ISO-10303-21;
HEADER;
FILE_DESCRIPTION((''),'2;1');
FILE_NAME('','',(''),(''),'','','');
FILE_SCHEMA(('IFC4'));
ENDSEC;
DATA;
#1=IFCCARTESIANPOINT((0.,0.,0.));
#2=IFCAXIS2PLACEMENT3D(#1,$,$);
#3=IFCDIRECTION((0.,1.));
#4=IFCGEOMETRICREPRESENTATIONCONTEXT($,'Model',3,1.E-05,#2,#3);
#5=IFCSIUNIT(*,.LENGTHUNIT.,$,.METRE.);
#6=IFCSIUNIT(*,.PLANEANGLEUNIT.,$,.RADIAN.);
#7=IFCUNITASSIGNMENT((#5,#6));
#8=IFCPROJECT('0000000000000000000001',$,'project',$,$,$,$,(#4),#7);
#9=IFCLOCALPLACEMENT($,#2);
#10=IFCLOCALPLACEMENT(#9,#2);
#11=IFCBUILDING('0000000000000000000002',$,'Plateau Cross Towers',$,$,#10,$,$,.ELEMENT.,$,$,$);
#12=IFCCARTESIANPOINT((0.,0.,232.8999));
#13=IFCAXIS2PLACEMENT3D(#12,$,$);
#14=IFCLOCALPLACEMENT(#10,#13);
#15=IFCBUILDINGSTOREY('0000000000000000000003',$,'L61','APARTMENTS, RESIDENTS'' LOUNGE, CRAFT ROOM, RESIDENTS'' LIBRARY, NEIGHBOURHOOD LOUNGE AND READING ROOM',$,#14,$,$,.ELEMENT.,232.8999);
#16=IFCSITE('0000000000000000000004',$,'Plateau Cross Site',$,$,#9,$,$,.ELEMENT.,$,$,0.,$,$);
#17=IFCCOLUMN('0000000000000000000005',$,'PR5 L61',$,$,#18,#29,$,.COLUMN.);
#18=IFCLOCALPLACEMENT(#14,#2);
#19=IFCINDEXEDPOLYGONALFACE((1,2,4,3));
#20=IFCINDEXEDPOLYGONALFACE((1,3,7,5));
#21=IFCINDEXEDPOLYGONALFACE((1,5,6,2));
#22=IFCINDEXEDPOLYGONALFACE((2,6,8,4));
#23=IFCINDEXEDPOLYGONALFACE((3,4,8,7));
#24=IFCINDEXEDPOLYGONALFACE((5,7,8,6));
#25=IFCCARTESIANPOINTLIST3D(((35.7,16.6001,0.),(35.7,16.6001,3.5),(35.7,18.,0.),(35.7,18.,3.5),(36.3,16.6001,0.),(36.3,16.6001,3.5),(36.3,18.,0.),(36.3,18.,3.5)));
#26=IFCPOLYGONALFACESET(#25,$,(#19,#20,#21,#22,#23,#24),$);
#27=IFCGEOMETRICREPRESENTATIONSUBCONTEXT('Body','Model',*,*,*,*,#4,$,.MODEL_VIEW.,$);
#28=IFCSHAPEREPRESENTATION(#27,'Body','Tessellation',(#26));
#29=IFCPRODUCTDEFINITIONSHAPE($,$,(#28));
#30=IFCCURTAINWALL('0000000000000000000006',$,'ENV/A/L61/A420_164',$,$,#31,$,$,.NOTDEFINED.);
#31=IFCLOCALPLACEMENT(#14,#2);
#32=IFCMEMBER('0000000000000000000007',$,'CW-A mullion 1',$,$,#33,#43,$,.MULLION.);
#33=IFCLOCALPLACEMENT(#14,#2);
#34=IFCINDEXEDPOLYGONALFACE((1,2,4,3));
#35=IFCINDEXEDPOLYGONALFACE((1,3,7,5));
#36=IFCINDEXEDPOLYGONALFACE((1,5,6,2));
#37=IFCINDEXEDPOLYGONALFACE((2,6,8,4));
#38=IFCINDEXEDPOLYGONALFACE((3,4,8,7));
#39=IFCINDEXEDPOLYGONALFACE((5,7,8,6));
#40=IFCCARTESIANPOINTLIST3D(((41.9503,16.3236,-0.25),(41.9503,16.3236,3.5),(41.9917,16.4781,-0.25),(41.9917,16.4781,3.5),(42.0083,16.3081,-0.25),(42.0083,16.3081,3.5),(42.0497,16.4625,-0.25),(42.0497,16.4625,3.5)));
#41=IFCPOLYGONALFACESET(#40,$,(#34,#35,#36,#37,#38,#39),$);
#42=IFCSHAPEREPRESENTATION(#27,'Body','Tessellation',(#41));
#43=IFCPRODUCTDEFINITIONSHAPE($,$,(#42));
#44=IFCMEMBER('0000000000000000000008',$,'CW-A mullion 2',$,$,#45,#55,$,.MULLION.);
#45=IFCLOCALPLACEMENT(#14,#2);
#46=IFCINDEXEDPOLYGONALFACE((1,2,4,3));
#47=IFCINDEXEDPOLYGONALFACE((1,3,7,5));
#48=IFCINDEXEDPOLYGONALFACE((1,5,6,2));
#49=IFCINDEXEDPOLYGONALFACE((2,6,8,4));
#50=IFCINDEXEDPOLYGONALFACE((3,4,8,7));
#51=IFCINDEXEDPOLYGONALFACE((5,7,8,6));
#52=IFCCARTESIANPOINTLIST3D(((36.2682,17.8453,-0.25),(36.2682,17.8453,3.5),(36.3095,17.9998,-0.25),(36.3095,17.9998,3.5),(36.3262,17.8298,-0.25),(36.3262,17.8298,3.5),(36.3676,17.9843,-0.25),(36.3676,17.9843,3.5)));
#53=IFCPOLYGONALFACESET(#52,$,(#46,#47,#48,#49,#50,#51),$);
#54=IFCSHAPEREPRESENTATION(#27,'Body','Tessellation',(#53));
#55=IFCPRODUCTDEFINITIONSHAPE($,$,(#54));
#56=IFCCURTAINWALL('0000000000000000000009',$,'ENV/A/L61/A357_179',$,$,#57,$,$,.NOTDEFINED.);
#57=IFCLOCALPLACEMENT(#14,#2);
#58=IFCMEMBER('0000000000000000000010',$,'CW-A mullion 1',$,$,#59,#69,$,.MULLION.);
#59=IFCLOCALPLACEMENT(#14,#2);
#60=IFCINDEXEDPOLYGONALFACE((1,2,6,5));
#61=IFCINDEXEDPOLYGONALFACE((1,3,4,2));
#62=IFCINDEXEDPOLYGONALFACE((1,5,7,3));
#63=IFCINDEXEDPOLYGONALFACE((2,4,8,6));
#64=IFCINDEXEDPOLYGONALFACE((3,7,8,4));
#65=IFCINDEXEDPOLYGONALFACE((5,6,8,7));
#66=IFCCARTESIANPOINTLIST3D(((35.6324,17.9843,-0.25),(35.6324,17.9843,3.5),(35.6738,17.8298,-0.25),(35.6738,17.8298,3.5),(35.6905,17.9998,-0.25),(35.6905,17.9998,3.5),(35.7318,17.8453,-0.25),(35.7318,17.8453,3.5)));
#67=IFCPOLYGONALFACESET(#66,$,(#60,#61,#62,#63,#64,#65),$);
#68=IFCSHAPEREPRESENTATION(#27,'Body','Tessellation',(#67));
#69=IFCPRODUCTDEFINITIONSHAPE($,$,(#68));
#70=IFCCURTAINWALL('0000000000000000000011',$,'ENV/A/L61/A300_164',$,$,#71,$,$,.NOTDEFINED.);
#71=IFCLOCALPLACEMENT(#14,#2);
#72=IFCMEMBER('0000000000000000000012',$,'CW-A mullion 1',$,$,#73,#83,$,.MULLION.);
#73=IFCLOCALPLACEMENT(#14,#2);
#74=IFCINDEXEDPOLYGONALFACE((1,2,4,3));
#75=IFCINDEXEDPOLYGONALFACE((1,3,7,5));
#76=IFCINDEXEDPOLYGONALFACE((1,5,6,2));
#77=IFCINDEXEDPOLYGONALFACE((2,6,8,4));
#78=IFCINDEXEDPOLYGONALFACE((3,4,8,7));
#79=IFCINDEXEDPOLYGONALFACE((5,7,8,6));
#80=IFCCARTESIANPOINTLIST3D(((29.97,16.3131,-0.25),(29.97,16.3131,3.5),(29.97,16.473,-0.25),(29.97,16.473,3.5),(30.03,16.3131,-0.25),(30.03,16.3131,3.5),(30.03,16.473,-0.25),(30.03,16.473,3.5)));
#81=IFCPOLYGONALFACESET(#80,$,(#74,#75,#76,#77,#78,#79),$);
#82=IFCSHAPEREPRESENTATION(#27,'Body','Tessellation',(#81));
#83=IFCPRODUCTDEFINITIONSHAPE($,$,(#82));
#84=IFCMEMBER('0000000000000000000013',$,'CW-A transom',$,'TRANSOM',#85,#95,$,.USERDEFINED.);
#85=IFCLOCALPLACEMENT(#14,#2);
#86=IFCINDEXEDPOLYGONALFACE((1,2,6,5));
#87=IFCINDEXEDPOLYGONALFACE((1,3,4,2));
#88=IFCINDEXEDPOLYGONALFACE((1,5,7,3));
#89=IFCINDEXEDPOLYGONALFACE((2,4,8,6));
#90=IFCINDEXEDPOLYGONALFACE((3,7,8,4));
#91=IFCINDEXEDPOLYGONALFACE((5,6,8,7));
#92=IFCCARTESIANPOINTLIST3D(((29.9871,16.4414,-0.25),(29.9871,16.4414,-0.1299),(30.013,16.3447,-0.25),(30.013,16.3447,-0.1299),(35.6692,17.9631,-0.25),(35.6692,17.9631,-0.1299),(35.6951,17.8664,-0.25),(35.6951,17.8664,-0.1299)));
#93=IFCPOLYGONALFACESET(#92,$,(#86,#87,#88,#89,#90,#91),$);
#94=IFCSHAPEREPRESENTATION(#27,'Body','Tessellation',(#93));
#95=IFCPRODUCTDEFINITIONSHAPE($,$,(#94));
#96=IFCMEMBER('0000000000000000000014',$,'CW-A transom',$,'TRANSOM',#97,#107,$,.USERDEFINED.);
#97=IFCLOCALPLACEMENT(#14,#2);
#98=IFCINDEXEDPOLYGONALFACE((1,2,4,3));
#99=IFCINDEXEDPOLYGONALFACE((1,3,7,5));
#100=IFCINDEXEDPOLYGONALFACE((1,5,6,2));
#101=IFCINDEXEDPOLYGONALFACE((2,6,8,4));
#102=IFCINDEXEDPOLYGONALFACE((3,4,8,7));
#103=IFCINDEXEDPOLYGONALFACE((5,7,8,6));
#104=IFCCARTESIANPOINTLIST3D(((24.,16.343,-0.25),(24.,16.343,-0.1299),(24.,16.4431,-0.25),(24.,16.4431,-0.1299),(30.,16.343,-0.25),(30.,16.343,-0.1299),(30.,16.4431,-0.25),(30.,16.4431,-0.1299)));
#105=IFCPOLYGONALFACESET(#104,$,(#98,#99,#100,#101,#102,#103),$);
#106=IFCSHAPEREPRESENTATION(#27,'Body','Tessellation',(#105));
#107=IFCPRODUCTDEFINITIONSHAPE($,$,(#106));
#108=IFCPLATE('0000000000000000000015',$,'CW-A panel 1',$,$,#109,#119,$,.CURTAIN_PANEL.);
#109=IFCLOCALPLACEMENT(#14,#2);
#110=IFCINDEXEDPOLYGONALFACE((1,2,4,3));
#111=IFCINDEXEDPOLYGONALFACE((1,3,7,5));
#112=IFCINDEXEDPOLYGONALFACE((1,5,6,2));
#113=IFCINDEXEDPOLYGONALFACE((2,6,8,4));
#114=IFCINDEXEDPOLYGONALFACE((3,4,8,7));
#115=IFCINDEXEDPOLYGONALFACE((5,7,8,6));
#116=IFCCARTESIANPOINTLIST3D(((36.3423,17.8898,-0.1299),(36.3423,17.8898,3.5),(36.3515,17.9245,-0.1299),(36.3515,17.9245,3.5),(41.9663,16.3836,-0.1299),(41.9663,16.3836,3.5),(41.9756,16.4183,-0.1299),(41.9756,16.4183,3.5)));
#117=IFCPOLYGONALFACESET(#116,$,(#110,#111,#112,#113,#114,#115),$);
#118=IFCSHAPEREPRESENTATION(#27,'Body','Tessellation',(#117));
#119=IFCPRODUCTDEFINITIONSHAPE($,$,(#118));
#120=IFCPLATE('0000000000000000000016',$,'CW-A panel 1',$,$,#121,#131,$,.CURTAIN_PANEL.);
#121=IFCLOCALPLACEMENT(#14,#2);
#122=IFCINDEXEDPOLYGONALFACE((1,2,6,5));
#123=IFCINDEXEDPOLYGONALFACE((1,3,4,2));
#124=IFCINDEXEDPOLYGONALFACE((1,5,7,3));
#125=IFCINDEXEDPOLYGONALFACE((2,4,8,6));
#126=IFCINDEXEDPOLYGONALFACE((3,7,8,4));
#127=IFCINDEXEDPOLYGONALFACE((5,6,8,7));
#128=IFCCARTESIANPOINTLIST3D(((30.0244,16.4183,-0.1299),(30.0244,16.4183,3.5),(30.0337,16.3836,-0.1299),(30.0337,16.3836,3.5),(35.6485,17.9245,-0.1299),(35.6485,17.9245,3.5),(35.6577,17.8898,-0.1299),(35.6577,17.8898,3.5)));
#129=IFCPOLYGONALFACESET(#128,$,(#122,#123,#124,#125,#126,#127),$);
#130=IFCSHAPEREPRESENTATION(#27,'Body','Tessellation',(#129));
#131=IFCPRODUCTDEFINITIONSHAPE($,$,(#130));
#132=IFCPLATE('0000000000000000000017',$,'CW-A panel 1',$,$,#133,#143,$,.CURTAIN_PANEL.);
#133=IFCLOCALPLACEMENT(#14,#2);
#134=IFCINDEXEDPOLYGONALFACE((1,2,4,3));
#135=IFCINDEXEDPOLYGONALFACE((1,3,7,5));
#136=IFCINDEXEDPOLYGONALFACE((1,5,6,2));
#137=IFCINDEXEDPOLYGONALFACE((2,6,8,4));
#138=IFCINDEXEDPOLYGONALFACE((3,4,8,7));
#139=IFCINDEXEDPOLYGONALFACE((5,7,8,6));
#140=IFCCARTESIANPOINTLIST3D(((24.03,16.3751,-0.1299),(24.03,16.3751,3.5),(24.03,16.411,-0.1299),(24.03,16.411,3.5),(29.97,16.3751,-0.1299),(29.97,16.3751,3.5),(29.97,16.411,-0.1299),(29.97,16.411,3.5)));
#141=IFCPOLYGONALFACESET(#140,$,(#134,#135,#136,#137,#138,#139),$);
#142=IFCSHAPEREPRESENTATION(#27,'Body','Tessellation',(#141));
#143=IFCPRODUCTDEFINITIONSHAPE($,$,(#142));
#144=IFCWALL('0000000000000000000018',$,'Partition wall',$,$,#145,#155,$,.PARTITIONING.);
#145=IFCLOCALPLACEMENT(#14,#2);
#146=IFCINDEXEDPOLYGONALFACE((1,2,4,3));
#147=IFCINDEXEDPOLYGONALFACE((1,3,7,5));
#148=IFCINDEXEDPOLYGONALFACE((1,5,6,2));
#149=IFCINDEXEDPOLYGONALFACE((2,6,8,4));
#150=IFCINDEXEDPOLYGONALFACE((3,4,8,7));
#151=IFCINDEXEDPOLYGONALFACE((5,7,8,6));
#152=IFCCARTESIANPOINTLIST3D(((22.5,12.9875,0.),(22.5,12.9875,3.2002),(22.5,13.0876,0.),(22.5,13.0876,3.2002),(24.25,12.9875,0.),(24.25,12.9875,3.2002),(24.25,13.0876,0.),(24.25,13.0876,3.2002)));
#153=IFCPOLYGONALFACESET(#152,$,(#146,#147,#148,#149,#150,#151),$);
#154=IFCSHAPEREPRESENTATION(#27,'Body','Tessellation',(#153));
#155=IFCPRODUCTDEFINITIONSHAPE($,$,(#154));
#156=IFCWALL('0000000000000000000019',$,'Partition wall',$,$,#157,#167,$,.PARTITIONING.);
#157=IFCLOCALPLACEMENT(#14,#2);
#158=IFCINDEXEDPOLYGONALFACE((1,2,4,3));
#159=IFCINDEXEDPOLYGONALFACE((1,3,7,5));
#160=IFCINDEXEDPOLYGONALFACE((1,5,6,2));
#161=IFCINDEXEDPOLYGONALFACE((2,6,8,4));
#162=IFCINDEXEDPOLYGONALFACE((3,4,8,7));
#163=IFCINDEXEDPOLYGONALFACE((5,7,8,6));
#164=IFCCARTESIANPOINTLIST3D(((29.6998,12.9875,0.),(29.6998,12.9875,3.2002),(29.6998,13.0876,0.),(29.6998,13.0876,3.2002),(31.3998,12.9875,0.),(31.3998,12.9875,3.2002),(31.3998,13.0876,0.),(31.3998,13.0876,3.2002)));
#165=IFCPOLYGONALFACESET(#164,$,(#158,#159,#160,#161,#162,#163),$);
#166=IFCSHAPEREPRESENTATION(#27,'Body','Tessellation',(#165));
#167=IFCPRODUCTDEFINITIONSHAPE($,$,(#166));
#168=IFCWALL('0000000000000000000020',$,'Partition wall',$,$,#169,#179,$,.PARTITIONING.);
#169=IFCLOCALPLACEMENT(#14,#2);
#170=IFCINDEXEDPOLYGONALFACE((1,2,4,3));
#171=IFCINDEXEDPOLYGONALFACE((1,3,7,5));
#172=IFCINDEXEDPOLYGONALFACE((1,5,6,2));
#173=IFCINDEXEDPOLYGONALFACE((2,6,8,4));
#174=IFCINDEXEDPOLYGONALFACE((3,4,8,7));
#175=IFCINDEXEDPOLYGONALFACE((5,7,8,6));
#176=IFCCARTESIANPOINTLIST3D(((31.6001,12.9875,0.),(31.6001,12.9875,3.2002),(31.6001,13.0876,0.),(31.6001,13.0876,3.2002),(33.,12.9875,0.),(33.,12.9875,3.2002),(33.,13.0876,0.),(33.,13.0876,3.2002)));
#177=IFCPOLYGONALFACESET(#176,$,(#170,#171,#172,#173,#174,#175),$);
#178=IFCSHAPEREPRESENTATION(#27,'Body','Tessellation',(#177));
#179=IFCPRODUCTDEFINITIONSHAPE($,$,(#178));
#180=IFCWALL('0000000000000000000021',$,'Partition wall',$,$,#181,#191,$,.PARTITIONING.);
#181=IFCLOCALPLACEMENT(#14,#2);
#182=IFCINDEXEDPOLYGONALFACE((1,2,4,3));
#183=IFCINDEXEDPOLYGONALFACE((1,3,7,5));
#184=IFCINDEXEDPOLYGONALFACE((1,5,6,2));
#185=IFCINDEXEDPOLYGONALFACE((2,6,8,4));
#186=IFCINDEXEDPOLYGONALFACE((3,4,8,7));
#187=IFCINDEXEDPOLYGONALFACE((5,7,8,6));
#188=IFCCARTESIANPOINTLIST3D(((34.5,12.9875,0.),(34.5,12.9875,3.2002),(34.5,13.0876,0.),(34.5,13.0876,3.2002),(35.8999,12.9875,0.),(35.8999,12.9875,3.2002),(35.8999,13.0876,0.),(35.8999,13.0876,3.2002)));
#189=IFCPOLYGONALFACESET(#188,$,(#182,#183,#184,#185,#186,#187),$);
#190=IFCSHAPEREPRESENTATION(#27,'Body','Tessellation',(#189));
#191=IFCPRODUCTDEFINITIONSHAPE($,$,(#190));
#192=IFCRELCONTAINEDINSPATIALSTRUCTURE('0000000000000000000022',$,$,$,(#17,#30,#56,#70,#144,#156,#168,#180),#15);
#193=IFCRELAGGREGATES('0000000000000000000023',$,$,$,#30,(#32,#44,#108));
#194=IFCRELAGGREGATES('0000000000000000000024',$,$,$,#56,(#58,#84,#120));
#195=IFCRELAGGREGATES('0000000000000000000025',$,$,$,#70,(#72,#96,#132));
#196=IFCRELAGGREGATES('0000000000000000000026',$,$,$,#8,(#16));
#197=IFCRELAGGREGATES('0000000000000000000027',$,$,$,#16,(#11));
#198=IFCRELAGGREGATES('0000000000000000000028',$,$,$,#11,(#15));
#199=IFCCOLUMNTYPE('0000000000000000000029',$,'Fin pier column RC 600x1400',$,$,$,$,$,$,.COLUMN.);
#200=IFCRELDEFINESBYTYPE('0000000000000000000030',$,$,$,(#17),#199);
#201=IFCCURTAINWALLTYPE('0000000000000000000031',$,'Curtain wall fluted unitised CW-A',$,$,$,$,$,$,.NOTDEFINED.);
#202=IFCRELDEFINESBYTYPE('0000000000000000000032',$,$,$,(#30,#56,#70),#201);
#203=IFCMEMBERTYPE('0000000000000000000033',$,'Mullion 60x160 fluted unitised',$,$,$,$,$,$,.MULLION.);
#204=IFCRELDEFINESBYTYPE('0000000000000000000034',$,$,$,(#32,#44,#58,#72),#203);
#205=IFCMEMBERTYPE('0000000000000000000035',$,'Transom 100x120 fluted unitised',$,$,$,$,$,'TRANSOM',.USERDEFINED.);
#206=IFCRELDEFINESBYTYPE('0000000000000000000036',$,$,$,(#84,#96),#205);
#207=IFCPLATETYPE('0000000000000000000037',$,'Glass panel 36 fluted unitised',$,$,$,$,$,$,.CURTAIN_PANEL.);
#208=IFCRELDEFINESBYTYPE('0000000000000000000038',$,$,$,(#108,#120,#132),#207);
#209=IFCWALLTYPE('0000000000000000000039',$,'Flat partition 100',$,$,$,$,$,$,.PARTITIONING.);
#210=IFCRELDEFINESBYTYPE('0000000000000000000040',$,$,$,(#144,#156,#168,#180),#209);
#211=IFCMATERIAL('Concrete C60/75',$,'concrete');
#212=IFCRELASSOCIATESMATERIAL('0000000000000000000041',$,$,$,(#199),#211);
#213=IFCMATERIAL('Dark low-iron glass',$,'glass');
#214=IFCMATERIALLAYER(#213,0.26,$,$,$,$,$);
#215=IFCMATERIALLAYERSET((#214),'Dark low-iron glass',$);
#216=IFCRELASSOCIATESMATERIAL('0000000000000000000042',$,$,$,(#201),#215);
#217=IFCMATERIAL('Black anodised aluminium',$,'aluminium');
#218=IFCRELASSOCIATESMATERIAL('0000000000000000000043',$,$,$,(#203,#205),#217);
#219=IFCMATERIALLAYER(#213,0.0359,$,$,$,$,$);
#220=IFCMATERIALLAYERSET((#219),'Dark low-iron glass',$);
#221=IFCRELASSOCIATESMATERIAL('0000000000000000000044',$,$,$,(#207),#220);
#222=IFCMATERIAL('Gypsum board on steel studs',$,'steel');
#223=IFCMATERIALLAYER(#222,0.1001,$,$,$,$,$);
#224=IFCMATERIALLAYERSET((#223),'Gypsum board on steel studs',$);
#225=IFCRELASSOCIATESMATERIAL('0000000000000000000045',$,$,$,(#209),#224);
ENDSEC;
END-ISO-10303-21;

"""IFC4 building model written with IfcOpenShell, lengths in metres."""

from ifc_helpers import new_model, si_unit, direction, frame, frame_2d, origin, origin_2d, place, context, subcontext, project, spatial, rectangle, extrude, material, layer, layer_set, material_profile, profile_set, type_object, element, aggregate, save


model = new_model("IFC4")

# Units and contexts
model_context = context("Model", 3, precision=1e-05, world=origin(), true_north=direction((0.0, 1.0)))
body_context = subcontext(model_context, "Body", "Model", "MODEL_VIEW")
ifc_project = project(units=[si_unit("LENGTHUNIT", "METRE"), si_unit("PLANEANGLEUNIT", "RADIAN")], contexts=[model_context])

# Site, building, storey
site_placement = place(None, origin())
site = spatial("IfcSite", under=ifc_project, at=site_placement, Name="Plateau Cross Site", CompositionType="ELEMENT", RefElevation=0.0)
building_placement = place(site_placement, origin())
building = spatial("IfcBuilding", under=site, at=building_placement, Name="Plateau Cross Towers", CompositionType="ELEMENT")
storey_placement = place(building_placement, frame((0.0, 0.0, 232.8999)))
storey = spatial("IfcBuildingStorey", under=building, at=storey_placement, Name="L61", Description="APARTMENTS, RESIDENTS' LOUNGE, CRAFT ROOM, RESIDENTS' LIBRARY, NEIGHBOURHOOD LOUNGE AND READING ROOM", CompositionType="ELEMENT", Elevation=232.8999)

# Column
ifc_material_1 = material(Name="Concrete C60/75", Category="concrete")
ifc_material_profile_1 = material_profile(ifc_material_1, rectangle(XDim=0.6001, YDim=1.3999, at=origin_2d()), Name="RC 600x1400")
ifc_profile_set_1 = profile_set([ifc_material_profile_1], Name="Concrete C60/75")
column_type = type_object("IfcColumnType", Name="Fin pier column RC 600x1400", PredefinedType="COLUMN", material=ifc_profile_set_1)
column_placement = place(storey_placement, frame((36.0, 17.3, 0.0), z_axis=(0.0, 0.0, 1.0), x_axis=(1.0, 0.0, 0.0)))
element("IfcColumn", 1, at=column_placement, inside=storey, type_object=column_type, Name="PR5 L61", PredefinedType="COLUMN", context=body_context, shape_type="SweptSolid", body=[
    extrude(rectangle(XDim=0.6001, YDim=1.3999, at=origin_2d()), origin(), (0.0, 0.0, 1.0), 3.5),
])

# Curtain wall, members
ifc_material_2 = material(Name="Dark low-iron glass", Category="glass")
ifc_layer_1 = layer(ifc_material_2, 0.26)
ifc_layer_set_1 = layer_set([ifc_layer_1], Name="Dark low-iron glass")
curtain_wall_type = type_object("IfcCurtainWallType", Name="Curtain wall fluted unitised CW-A", PredefinedType="NOTDEFINED", material=ifc_layer_set_1)
curtain_wall_1_placement = place(storey_placement, origin())
curtain_wall_1 = element("IfcCurtainWall", 2, at=curtain_wall_1_placement, inside=storey, type_object=curtain_wall_type, Name="ENV/A/L61/A420_164", PredefinedType="NOTDEFINED")
ifc_material_3 = material(Name="Black anodised aluminium", Category="aluminium")
ifc_material_profile_2 = material_profile(ifc_material_3, rectangle(XDim=0.0601, YDim=0.1599, at=origin_2d()), Name="MULLION 60x160")
ifc_profile_set_2 = profile_set([ifc_material_profile_2], Name="Black anodised aluminium")
member_type_1 = type_object("IfcMemberType", Name="Mullion 60x160 fluted unitised", PredefinedType="MULLION", material=ifc_profile_set_2)
member_1_placement = place(storey_placement, frame((42.0, 16.3931, -0.25), z_axis=(0.0, 0.0, 1.0), x_axis=(-0.965958, 0.258699, 0.0)))
member_1 = element("IfcMember", 3, at=member_1_placement, type_object=member_type_1, Name="CW-A mullion 1", PredefinedType="MULLION", context=body_context, shape_type="SweptSolid", body=[
    extrude(rectangle(XDim=0.0601, YDim=0.1599, at=origin_2d()), origin(), (0.0, 0.0, 1.0), 3.75),
])
member_2_placement = place(storey_placement, frame((36.3179, 17.9148, -0.25), z_axis=(0.0, 0.0, 1.0), x_axis=(-0.965958, 0.258699, 0.0)))
member_2 = element("IfcMember", 4, at=member_2_placement, type_object=member_type_1, Name="CW-A mullion 2", PredefinedType="MULLION", context=body_context, shape_type="SweptSolid", body=[
    extrude(rectangle(XDim=0.0601, YDim=0.1599, at=origin_2d()), origin(), (0.0, 0.0, 1.0), 3.75),
])

# Curtain walls, members
curtain_wall_2_placement = place(storey_placement, origin())
curtain_wall_2 = element("IfcCurtainWall", 5, at=curtain_wall_2_placement, inside=storey, type_object=curtain_wall_type, Name="ENV/A/L61/A357_179", PredefinedType="NOTDEFINED")
member_3_placement = place(storey_placement, frame((35.6821, 17.9148, -0.25), z_axis=(0.0, 0.0, 1.0), x_axis=(-0.965958, -0.258699, 0.0)))
member_3 = element("IfcMember", 6, at=member_3_placement, type_object=member_type_1, Name="CW-A mullion 1", PredefinedType="MULLION", context=body_context, shape_type="SweptSolid", body=[
    extrude(rectangle(XDim=0.0601, YDim=0.1599, at=origin_2d()), origin(), (0.0, 0.0, 1.0), 3.75),
])
curtain_wall_3_placement = place(storey_placement, origin())
curtain_wall_3 = element("IfcCurtainWall", 7, at=curtain_wall_3_placement, inside=storey, type_object=curtain_wall_type, Name="ENV/A/L61/A300_164", PredefinedType="NOTDEFINED")
member_4_placement = place(storey_placement, frame((30.0, 16.3931, -0.25), z_axis=(0.0, 0.0, 1.0), x_axis=(-1.0, 0.0, 0.0)))
member_4 = element("IfcMember", 8, at=member_4_placement, type_object=member_type_1, Name="CW-A mullion 1", PredefinedType="MULLION", context=body_context, shape_type="SweptSolid", body=[
    extrude(rectangle(XDim=0.0601, YDim=0.1599, at=origin_2d()), origin(), (0.0, 0.0, 1.0), 3.75),
])

# Members
ifc_material_profile_3 = material_profile(ifc_material_3, rectangle(XDim=0.1001, YDim=0.1201, at=origin_2d()), Name="TRANSOM 100x120")
ifc_profile_set_3 = profile_set([ifc_material_profile_3], Name="Black anodised aluminium")
member_type_2 = type_object("IfcMemberType", Name="Transom 100x120 fluted unitised", ElementType="TRANSOM", PredefinedType="USERDEFINED", material=ifc_profile_set_3)
member_5_placement = place(storey_placement, frame((35.6821, 17.9148, -0.1899), z_axis=(-0.96596, -0.258693, 0.0), x_axis=(0.258693, -0.96596, 0.0)))
member_5 = element("IfcMember", 9, at=member_5_placement, type_object=member_type_2, Name="CW-A transom", ObjectType="TRANSOM", PredefinedType="USERDEFINED", context=body_context, shape_type="SweptSolid", body=[
    extrude(rectangle(XDim=0.1001, YDim=0.1201, at=origin_2d()), origin(), (0.0, 0.0, 1.0), 5.8823),
])
member_6_placement = place(storey_placement, frame((30.0, 16.3931, -0.1899), z_axis=(-1.0, 0.0, 0.0), x_axis=(0.0, -1.0, 0.0)))
member_6 = element("IfcMember", 10, at=member_6_placement, type_object=member_type_2, Name="CW-A transom", ObjectType="TRANSOM", PredefinedType="USERDEFINED", context=body_context, shape_type="SweptSolid", body=[
    extrude(rectangle(XDim=0.1001, YDim=0.1201, at=origin_2d()), origin(), (0.0, 0.0, 1.0), 6.0),
])

# Plates
ifc_layer_2 = layer(ifc_material_2, 0.0359)
ifc_layer_set_2 = layer_set([ifc_layer_2], Name="Dark low-iron glass")
plate_type = type_object("IfcPlateType", Name="Glass panel 36 fluted unitised", PredefinedType="CURTAIN_PANEL", material=ifc_layer_set_2)
plate_1_placement = place(storey_placement, frame((39.1589, 17.1541, -0.1299), z_axis=(0.0, 0.0, 1.0), x_axis=(-0.965958, 0.258699, 0.0)))
plate_1 = element("IfcPlate", 11, at=plate_1_placement, type_object=plate_type, Name="CW-A panel 1", PredefinedType="CURTAIN_PANEL", context=body_context, shape_type="SweptSolid", body=[
    extrude(rectangle(XDim=5.8223, YDim=0.0359, at=origin_2d()), origin(), (0.0, 0.0, 1.0), 3.6299),
])
aggregate(curtain_wall_1, [member_1, member_2, plate_1])
plate_2_placement = place(storey_placement, frame((32.8411, 17.1541, -0.1299), z_axis=(0.0, 0.0, 1.0), x_axis=(-0.965958, -0.258699, 0.0)))
plate_2 = element("IfcPlate", 12, at=plate_2_placement, type_object=plate_type, Name="CW-A panel 1", PredefinedType="CURTAIN_PANEL", context=body_context, shape_type="SweptSolid", body=[
    extrude(rectangle(XDim=5.8223, YDim=0.0359, at=origin_2d()), origin(), (0.0, 0.0, 1.0), 3.6299),
])
aggregate(curtain_wall_2, [member_3, member_5, plate_2])
plate_3_placement = place(storey_placement, frame((27.0, 16.3931, -0.1299), z_axis=(0.0, 0.0, 1.0), x_axis=(-1.0, 0.0, 0.0)))
plate_3 = element("IfcPlate", 13, at=plate_3_placement, type_object=plate_type, Name="CW-A panel 1", PredefinedType="CURTAIN_PANEL", context=body_context, shape_type="SweptSolid", body=[
    extrude(rectangle(XDim=5.9399, YDim=0.0359, at=origin_2d()), origin(), (0.0, 0.0, 1.0), 3.6299),
])
aggregate(curtain_wall_3, [member_4, member_6, plate_3])

# Walls
ifc_material_4 = material(Name="Gypsum board on steel studs", Category="steel")
ifc_layer_3 = layer(ifc_material_4, 0.1001)
ifc_layer_set_3 = layer_set([ifc_layer_3], Name="Gypsum board on steel studs")
wall_type_1 = type_object("IfcWallType", Name="Flat partition 100", PredefinedType="PARTITIONING", material=ifc_layer_set_3)
wall_1_placement = place(storey_placement, frame((24.25, 13.0376, 0.0), z_axis=(0.0, 0.0, 1.0), x_axis=(-1.0, 0.0, 0.0)))
element("IfcWall", 14, at=wall_1_placement, inside=storey, type_object=wall_type_1, Name="Partition wall", PredefinedType="PARTITIONING", context=body_context, shape_type="SweptSolid", body=[
    extrude(rectangle(XDim=1.75, YDim=0.1001, at=frame_2d((0.875, 0.0))), origin(), (0.0, 0.0, 1.0), 3.2002),
])
wall_2_placement = place(storey_placement, frame((31.3999, 13.0376, 0.0), z_axis=(0.0, 0.0, 1.0), x_axis=(-1.0, 0.0, 0.0)))
element("IfcWall", 15, at=wall_2_placement, inside=storey, type_object=wall_type_1, Name="Partition wall", PredefinedType="PARTITIONING", context=body_context, shape_type="SweptSolid", body=[
    extrude(rectangle(XDim=1.7, YDim=0.1001, at=frame_2d((0.8501, 0.0))), origin(), (0.0, 0.0, 1.0), 3.2002),
])
for number, where, z_axis, x_axis, name in (
    (16, (33.0, 13.0376, 0.0), (0.0, 0.0, 1.0), (-1.0, 0.0, 0.0), "Partition wall"),
    (17, (35.8999, 13.0376, 0.0), (0.0, 0.0, 1.0), (-1.0, 0.0, 0.0), "Partition wall"),
):
    element("IfcWall", number, at=place(storey_placement, frame(where, z_axis=z_axis, x_axis=x_axis)), inside=storey, type_object=wall_type_1, Name=name, PredefinedType="PARTITIONING", context=body_context, shape_type="SweptSolid", body=[
        extrude(rectangle(XDim=1.3999, YDim=0.1001, at=frame_2d((0.7, 0.0))), origin(), (0.0, 0.0, 1.0), 3.2002),
    ])

save(model, "model.ifc")
